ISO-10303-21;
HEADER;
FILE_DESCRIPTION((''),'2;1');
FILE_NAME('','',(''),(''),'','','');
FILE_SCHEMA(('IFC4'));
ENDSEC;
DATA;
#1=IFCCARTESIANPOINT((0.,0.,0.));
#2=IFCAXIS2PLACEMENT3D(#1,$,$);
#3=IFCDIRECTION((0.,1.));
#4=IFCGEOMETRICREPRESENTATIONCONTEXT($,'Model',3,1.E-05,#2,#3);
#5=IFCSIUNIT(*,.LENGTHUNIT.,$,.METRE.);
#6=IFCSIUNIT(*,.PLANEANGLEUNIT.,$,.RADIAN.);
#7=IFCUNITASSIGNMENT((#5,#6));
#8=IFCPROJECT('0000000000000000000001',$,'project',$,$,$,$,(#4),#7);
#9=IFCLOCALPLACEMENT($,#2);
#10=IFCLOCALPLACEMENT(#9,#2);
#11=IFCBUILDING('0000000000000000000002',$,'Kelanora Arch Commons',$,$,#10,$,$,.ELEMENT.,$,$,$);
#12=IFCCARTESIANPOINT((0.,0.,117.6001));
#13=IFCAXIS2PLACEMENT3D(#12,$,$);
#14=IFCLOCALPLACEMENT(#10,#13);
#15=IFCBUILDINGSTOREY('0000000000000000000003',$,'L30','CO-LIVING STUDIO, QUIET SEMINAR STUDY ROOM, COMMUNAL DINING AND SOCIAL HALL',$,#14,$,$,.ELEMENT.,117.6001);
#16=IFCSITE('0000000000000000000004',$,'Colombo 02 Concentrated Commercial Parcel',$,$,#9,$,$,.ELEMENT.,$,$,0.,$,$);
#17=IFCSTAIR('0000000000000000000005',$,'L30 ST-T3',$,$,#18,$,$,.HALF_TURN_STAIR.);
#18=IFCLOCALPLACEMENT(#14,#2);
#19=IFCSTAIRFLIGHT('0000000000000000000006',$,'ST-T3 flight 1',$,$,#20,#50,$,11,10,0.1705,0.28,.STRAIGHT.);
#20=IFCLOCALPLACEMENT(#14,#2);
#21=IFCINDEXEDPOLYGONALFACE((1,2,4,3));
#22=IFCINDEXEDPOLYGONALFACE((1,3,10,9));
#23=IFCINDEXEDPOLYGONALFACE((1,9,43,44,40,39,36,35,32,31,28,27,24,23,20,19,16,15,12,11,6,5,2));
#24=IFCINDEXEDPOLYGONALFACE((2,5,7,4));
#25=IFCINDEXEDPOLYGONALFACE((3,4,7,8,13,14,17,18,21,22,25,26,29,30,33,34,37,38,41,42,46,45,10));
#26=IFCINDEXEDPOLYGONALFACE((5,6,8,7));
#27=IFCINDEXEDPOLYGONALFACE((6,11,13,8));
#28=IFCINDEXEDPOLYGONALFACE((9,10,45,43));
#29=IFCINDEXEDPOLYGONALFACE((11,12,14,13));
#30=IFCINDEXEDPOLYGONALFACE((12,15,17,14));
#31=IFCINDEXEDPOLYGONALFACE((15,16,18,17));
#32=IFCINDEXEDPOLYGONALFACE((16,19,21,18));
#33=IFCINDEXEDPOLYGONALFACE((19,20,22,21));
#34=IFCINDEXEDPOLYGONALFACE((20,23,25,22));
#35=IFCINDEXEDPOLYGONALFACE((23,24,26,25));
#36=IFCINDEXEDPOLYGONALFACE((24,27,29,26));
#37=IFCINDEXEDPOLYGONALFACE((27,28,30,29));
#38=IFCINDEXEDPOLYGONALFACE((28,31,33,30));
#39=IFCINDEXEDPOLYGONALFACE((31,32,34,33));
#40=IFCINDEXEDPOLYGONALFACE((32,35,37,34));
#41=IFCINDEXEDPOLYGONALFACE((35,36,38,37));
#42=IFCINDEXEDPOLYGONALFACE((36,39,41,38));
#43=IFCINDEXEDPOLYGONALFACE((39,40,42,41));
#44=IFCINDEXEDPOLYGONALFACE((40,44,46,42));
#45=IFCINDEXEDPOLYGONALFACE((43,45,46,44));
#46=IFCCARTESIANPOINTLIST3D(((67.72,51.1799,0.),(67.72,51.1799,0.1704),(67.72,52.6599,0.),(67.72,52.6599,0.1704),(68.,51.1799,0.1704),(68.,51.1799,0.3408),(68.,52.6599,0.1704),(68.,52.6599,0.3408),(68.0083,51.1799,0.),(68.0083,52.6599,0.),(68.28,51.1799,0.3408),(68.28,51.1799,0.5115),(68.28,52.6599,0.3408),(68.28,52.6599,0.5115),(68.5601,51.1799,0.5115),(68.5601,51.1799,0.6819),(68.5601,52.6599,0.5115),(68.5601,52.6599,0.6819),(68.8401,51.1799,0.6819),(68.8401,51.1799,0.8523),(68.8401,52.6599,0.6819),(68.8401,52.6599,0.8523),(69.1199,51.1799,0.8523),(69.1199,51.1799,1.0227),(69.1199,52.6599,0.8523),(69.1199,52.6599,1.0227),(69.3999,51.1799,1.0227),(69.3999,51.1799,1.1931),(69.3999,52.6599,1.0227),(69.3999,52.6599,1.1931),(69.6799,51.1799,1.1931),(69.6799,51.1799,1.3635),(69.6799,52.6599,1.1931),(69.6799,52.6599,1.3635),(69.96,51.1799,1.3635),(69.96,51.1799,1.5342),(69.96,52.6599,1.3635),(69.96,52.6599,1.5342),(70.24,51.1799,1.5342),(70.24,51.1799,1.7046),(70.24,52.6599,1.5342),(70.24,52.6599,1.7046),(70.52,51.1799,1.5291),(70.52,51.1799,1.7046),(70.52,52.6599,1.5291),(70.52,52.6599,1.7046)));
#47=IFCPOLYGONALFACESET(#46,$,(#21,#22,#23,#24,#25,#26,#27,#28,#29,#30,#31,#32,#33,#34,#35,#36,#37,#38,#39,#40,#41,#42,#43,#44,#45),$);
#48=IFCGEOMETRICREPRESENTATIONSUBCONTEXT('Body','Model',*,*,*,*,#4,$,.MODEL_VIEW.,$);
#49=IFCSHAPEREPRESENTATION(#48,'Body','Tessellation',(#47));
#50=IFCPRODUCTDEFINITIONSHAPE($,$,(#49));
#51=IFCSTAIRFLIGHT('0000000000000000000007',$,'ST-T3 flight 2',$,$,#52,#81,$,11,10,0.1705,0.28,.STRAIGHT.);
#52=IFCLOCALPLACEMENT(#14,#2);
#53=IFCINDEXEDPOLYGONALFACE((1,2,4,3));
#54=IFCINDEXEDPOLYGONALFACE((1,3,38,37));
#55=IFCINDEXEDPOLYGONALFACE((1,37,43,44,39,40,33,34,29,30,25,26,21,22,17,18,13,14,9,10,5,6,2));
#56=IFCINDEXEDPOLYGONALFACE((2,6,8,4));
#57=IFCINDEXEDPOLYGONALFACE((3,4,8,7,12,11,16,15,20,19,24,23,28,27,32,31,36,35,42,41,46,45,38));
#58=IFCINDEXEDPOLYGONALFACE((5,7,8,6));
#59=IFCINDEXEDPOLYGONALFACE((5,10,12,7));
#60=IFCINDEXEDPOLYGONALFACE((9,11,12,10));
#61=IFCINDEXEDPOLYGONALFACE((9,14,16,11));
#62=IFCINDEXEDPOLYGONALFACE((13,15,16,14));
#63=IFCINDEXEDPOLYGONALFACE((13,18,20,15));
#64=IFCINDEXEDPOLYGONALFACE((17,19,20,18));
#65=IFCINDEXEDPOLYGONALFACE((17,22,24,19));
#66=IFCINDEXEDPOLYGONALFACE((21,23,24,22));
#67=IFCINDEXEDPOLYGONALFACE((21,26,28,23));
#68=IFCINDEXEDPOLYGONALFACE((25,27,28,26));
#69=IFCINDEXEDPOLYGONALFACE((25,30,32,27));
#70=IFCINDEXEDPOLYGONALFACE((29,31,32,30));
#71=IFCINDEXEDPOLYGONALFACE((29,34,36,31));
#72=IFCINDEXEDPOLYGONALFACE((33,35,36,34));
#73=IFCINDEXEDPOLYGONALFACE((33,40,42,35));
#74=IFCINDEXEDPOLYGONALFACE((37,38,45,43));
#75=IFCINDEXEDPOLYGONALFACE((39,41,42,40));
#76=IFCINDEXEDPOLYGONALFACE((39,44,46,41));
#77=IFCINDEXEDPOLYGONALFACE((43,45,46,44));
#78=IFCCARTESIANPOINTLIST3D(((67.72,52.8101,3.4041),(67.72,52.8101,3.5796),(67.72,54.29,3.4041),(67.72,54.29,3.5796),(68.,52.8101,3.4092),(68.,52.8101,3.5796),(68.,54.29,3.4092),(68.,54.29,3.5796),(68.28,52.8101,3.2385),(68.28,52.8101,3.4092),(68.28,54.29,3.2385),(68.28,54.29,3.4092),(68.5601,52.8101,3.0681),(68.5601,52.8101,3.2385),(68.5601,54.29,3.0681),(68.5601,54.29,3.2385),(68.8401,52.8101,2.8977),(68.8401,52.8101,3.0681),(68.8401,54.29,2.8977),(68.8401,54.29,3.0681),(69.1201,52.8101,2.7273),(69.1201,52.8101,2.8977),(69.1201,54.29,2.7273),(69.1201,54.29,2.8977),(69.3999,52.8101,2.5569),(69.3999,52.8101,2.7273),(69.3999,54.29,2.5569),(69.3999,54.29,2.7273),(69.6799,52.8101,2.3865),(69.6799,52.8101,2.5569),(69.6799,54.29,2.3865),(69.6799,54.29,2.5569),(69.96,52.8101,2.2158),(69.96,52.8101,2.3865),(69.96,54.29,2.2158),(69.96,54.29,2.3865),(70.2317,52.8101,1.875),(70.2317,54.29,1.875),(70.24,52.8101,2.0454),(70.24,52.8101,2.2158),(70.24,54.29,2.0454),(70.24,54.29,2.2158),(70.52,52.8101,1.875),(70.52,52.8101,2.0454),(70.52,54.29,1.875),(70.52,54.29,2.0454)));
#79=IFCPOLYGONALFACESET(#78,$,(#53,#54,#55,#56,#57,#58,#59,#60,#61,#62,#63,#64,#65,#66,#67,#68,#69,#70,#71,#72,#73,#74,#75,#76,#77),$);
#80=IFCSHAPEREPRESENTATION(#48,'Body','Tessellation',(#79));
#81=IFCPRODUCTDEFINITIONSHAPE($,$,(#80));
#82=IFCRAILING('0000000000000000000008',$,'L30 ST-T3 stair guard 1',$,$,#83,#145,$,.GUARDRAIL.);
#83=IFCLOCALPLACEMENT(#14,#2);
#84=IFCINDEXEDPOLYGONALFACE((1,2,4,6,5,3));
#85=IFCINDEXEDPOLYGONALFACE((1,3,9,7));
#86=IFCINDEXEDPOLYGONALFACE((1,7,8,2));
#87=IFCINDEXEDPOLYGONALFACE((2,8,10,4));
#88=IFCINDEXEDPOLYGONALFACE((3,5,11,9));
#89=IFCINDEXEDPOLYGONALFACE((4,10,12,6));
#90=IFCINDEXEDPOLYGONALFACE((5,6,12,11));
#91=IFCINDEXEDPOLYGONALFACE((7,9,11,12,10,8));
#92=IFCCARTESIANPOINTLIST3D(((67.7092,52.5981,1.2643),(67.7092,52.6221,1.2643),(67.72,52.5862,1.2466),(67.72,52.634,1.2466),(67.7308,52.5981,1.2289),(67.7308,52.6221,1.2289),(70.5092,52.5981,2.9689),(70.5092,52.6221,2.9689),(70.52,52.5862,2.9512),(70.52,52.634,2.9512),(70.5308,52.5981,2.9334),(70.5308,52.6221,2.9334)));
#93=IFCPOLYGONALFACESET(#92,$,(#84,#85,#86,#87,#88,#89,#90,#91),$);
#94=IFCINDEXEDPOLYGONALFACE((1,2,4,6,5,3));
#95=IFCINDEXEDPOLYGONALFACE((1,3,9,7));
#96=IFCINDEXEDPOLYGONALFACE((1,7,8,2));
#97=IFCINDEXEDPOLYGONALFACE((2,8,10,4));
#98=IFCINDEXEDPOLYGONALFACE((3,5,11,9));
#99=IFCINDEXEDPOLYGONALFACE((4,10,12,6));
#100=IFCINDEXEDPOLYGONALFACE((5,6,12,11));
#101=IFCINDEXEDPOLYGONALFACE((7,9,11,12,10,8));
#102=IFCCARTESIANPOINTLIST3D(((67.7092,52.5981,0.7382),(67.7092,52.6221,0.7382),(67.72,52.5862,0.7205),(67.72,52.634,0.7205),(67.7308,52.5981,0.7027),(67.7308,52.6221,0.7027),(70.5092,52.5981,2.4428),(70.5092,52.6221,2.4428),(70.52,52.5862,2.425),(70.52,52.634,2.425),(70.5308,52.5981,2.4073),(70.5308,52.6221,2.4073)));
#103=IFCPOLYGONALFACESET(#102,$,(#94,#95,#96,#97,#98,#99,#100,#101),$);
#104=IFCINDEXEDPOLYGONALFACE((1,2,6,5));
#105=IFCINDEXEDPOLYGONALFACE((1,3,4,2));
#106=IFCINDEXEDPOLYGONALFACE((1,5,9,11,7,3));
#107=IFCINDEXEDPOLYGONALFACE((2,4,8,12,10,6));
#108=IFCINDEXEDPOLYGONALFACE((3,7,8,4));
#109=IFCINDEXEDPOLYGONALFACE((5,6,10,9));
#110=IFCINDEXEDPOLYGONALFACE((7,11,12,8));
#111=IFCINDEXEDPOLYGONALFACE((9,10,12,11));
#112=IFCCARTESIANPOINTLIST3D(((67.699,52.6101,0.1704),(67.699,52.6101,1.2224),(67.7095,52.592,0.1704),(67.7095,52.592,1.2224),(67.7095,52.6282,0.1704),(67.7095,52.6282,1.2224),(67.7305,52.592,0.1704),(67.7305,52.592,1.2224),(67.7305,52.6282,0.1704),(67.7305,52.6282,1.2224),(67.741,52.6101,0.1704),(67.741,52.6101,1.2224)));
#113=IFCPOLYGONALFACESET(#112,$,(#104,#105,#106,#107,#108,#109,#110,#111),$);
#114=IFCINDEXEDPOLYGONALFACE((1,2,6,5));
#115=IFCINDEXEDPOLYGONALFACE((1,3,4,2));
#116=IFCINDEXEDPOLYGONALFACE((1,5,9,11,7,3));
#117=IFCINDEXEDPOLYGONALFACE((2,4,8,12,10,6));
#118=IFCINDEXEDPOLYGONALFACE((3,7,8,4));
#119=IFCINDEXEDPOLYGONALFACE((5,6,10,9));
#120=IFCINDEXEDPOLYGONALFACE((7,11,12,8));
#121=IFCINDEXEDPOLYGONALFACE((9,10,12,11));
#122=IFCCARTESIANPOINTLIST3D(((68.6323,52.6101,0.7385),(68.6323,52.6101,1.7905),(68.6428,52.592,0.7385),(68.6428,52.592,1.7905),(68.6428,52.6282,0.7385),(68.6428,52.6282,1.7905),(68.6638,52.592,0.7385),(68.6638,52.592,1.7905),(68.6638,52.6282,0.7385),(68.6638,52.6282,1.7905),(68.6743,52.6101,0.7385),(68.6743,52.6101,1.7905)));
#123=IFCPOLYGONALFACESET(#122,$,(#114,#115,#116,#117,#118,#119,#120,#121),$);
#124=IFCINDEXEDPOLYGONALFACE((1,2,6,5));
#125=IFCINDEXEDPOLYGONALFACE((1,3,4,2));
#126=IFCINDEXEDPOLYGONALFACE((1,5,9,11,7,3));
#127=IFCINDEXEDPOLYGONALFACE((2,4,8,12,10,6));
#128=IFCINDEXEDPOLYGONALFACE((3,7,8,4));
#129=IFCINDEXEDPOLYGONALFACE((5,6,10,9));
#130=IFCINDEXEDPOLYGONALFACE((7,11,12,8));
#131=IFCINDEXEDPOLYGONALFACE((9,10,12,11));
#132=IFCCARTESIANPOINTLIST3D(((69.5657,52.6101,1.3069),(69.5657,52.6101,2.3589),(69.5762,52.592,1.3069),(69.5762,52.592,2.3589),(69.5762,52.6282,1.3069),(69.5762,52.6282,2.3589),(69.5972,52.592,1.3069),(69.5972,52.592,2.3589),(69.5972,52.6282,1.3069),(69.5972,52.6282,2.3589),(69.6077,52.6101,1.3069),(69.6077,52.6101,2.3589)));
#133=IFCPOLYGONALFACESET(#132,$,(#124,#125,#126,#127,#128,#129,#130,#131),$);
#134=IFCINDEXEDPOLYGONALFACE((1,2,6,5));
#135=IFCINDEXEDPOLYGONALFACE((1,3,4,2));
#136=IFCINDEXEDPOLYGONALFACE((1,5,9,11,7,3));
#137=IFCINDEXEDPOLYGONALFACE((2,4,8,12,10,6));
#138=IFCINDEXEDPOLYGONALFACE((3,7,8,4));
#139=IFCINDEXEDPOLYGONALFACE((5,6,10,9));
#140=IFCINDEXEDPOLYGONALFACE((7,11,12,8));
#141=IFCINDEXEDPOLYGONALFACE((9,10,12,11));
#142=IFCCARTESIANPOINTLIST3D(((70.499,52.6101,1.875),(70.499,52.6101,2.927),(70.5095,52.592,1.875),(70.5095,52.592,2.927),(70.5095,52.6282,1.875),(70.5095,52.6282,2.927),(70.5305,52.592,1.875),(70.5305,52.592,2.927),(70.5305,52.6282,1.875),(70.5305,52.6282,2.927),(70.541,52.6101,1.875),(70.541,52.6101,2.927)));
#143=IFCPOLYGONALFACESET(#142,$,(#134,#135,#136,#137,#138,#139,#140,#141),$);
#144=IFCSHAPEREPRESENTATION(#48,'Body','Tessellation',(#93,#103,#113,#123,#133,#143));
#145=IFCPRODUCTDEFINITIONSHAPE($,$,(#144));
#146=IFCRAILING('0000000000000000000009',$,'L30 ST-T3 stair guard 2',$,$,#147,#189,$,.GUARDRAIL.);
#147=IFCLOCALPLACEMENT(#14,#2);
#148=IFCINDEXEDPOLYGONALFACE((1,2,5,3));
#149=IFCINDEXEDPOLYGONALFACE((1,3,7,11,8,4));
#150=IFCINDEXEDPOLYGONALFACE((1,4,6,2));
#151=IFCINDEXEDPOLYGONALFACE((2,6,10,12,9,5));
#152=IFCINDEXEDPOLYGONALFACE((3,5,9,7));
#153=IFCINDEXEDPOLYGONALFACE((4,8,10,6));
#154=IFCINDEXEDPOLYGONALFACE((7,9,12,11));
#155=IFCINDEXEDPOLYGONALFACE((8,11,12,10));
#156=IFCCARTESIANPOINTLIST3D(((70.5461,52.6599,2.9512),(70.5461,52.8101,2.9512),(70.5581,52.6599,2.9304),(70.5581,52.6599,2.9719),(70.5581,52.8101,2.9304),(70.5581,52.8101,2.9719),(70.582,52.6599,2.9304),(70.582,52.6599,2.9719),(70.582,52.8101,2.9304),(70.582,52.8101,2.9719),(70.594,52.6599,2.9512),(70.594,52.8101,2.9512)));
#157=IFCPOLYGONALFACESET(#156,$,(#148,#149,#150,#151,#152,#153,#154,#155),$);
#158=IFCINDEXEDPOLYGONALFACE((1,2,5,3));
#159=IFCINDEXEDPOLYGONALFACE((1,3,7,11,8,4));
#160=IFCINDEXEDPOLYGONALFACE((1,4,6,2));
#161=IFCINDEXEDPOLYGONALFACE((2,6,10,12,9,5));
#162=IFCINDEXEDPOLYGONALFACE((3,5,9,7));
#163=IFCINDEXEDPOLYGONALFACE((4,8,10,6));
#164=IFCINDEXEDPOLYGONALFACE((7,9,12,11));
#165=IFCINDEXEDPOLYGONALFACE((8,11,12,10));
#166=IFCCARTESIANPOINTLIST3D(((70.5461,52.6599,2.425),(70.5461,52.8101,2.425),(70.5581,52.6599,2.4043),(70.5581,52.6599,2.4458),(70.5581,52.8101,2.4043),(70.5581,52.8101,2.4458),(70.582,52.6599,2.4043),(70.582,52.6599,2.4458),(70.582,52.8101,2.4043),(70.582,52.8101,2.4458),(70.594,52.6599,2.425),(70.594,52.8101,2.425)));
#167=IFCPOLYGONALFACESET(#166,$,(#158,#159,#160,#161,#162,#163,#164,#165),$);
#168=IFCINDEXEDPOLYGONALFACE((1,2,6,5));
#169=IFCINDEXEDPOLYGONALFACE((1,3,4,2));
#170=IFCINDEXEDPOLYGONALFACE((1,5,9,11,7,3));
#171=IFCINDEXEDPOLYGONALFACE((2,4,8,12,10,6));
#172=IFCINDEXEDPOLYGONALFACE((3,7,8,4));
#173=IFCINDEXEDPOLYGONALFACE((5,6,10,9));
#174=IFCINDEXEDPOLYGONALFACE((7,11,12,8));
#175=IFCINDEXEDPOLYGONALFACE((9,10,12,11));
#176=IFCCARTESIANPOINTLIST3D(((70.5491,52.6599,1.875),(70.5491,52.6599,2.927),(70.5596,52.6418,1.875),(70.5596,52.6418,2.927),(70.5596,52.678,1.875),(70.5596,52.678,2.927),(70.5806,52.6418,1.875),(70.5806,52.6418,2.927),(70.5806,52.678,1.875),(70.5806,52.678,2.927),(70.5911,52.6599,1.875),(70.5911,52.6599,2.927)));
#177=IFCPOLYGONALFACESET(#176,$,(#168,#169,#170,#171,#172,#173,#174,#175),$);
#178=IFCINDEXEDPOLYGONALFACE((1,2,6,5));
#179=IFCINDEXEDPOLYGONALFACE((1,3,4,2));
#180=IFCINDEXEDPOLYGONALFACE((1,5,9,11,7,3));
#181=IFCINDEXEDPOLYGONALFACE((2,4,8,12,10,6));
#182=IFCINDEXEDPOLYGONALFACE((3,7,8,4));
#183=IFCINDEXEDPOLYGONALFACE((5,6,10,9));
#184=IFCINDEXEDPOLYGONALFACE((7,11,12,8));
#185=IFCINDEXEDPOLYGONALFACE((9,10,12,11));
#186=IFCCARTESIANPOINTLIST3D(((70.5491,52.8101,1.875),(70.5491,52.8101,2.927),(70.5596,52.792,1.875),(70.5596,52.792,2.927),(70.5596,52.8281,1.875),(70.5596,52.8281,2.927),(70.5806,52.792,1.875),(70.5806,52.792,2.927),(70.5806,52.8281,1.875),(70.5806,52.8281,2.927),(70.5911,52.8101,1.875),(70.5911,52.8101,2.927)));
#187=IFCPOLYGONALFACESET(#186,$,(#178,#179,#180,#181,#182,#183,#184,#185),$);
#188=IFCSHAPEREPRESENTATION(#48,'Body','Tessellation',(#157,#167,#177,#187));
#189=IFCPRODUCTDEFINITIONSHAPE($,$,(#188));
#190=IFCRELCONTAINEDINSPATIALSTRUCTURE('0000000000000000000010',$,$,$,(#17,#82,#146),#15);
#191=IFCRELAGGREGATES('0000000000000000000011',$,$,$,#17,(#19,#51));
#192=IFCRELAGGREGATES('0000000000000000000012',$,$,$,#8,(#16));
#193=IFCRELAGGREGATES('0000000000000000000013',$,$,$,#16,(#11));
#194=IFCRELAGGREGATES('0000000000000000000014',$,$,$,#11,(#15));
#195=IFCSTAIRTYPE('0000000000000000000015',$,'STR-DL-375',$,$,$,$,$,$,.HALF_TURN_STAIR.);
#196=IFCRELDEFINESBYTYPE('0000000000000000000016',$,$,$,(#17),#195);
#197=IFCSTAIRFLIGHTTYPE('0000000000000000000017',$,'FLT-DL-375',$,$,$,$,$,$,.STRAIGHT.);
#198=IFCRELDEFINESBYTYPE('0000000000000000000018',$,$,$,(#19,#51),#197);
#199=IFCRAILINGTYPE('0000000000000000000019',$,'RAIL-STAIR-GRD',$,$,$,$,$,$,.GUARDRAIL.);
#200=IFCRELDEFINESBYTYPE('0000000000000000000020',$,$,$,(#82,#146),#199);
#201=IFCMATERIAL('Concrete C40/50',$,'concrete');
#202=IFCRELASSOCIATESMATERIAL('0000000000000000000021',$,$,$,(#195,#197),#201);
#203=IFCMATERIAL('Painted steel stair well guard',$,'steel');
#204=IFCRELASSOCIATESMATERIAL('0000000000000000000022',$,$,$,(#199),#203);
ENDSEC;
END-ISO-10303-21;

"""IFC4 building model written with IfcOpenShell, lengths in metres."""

from ifc_helpers import new_model, si_unit, direction, frame, origin, place, context, subcontext, project, spatial, polyline, outline, extrude, material, type_object, element, aggregate, save


model = new_model("IFC4")

# Units and contexts
model_context = context("Model", 3, precision=1e-05, world=origin(), true_north=direction((0.0, 1.0)))
body_context = subcontext(model_context, "Body", "Model", "MODEL_VIEW")
ifc_project = project(units=[si_unit("LENGTHUNIT", "METRE"), si_unit("PLANEANGLEUNIT", "RADIAN")], contexts=[model_context])

# Site, building, storey
site_placement = place(None, origin())
site = spatial("IfcSite", under=ifc_project, at=site_placement, Name="Colombo 02 Concentrated Commercial Parcel", CompositionType="ELEMENT", RefElevation=0.0)
building_placement = place(site_placement, origin())
building = spatial("IfcBuilding", under=site, at=building_placement, Name="Kelanora Arch Commons", CompositionType="ELEMENT")
storey_placement = place(building_placement, frame((0.0, 0.0, 117.6001)))
storey = spatial("IfcBuildingStorey", under=building, at=storey_placement, Name="L30", Description="CO-LIVING STUDIO, QUIET SEMINAR STUDY ROOM, COMMUNAL DINING AND SOCIAL HALL", CompositionType="ELEMENT", Elevation=117.6001)

# Shared definitions
ifc_material_1 = material(Name="Concrete C40/50", Category="concrete")

# Stair, stair flights
stair_type = type_object("IfcStairType", Name="STR-DL-375", PredefinedType="HALF_TURN_STAIR", material=ifc_material_1)
stair_placement = place(storey_placement, origin())
stair = element("IfcStair", 1, at=stair_placement, inside=storey, type_object=stair_type, Name="L30 ST-T3", PredefinedType="HALF_TURN_STAIR")
stair_flight_type = type_object("IfcStairFlightType", Name="FLT-DL-375", PredefinedType="STRAIGHT", material=ifc_material_1)
stair_flight_1_placement = place(storey_placement, frame((67.72, 51.9199, 0.0), z_axis=(0.0, 0.0, 1.0), x_axis=(1.0, 0.0, 0.0)))
stair_flight_1 = element("IfcStairFlight", 2, at=stair_flight_1_placement, type_object=stair_flight_type, Name="ST-T3 flight 1", NumberOfRisers=11, NumberOfTreads=10, PredefinedType="STRAIGHT", RiserHeight=0.1705, TreadLength=0.28, context=body_context, shape_type="SweptSolid", body=[
    extrude(outline(polyline([(0.0, 0.0), (0.0, 0.1704), (0.28, 0.1704), (0.28, 0.3408), (0.5601, 0.3408), (0.5601, 0.5115), (0.8401, 0.5115), (0.8401, 0.6819), (1.1201, 0.6819), (1.1201, 0.8523), (1.3999, 0.8523), (1.3999, 1.0227), (1.6799, 1.0227), (1.6799, 1.1931), (1.96, 1.1931), (1.96, 1.3635), (2.24, 1.3635), (2.24, 1.5342), (2.52, 1.5342), (2.52, 1.7046), (2.8, 1.7046), (2.8, 1.875), (2.8, 1.5291), (0.2883, 0.0), (0.0, 0.0)])), frame((0.0, 0.74, 0.0), z_axis=(0.0, -1.0, 0.0), x_axis=(1.0, 0.0, 0.0)), (0.0, 0.0, 1.0), 1.48),
])
stair_flight_2_placement = place(storey_placement, frame((70.52, 53.55, 1.875), z_axis=(0.0, 0.0, 1.0), x_axis=(-1.0, 0.0, 0.0)))
stair_flight_2 = element("IfcStairFlight", 3, at=stair_flight_2_placement, type_object=stair_flight_type, Name="ST-T3 flight 2", NumberOfRisers=11, NumberOfTreads=10, PredefinedType="STRAIGHT", RiserHeight=0.1705, TreadLength=0.28, context=body_context, shape_type="SweptSolid", body=[
    extrude(outline(polyline([(0.0, 0.0), (0.0, 0.1704), (0.28, 0.1704), (0.28, 0.3408), (0.5601, 0.3408), (0.5601, 0.5115), (0.8401, 0.5115), (0.8401, 0.6819), (1.1201, 0.6819), (1.1201, 0.8523), (1.3999, 0.8523), (1.3999, 1.0227), (1.6799, 1.0227), (1.6799, 1.1931), (1.96, 1.1931), (1.96, 1.3635), (2.24, 1.3635), (2.24, 1.5342), (2.52, 1.5342), (2.52, 1.7046), (2.8, 1.7046), (2.8, 1.875), (2.8, 1.5291), (0.2883, 0.0), (0.0, 0.0)])), frame((0.0, 0.74, 0.0), z_axis=(0.0, -1.0, 0.0), x_axis=(1.0, 0.0, 0.0)), (0.0, 0.0, 1.0), 1.48),
])
aggregate(stair, [stair_flight_1, stair_flight_2])

# Railings
ifc_material_2 = material(Name="Painted steel stair well guard", Category="steel")
railing_type_1 = type_object("IfcRailingType", Name="RAIL-STAIR-GRD", PredefinedType="GUARDRAIL", material=ifc_material_2)
railing_1_placement = place(storey_placement, frame((67.72, 52.6101, 0.1704)))
element("IfcRailing", 4, at=railing_1_placement, inside=storey, type_object=railing_type_1, Name="L30 ST-T3 stair guard 1", PredefinedType="GUARDRAIL", context=body_context, shape_type="SweptSolid", body=[
    extrude(outline(polyline([(0.0239, 0.0), (0.012, 0.0208), (-0.012, 0.0208), (-0.0239, 0.0), (-0.012, -0.0208), (0.012, -0.0208), (0.0239, 0.0)])), frame((0.0, 0.0, 1.0762), z_axis=(0.85417, 0.0, 0.519994), x_axis=(0.0, 1.0, 0.0)), (0.0, 0.0, 1.0), 3.2781),
    extrude(outline(polyline([(0.0239, 0.0), (0.012, 0.0208), (-0.012, 0.0208), (-0.0239, 0.0), (-0.012, -0.0208), (0.012, -0.0208), (0.0239, 0.0)])), frame((0.0, 0.0, 0.55), z_axis=(0.85417, 0.0, 0.519994), x_axis=(0.0, 1.0, 0.0)), (0.0, 0.0, 1.0), 3.2781),
    extrude(outline(polyline([(0.021, 0.0), (0.0105, 0.0181), (-0.0105, 0.0181), (-0.021, 0.0), (-0.0105, -0.0181), (0.0105, -0.0181), (0.021, 0.0)])), origin(), (0.0, 0.0, 1.0), 1.052),
    extrude(outline(polyline([(0.021, 0.0), (0.0105, 0.0181), (-0.0105, 0.0181), (-0.021, 0.0), (-0.0105, -0.0181), (0.0105, -0.0181), (0.021, 0.0)])), frame((0.9333, 0.0, 0.5681)), (0.0, 0.0, 1.0), 1.052),
    extrude(outline(polyline([(0.021, 0.0), (0.0105, 0.0181), (-0.0105, 0.0181), (-0.021, 0.0), (-0.0105, -0.0181), (0.0105, -0.0181), (0.021, 0.0)])), frame((1.8667, 0.0, 1.1365)), (0.0, 0.0, 1.0), 1.052),
    extrude(outline(polyline([(0.021, 0.0), (0.0105, 0.0181), (-0.0105, 0.0181), (-0.021, 0.0), (-0.0105, -0.0181), (0.0105, -0.0181), (0.021, 0.0)])), frame((2.8, 0.0, 1.7046)), (0.0, 0.0, 1.0), 1.052),
])
railing_2_placement = place(storey_placement, frame((70.5701, 52.6599, 1.875)))
element("IfcRailing", 5, at=railing_2_placement, inside=storey, type_object=railing_type_1, Name="L30 ST-T3 stair guard 2", PredefinedType="GUARDRAIL", context=body_context, shape_type="SweptSolid", body=[
    extrude(outline(polyline([(0.0239, 0.0), (0.012, 0.0208), (-0.012, 0.0208), (-0.0239, 0.0), (-0.012, -0.0208), (0.012, -0.0208), (0.0239, 0.0)])), frame((0.0, 0.0, 1.0762), z_axis=(0.0, 1.0, 0.0), x_axis=(-1.0, 0.0, 0.0)), (0.0, 0.0, 1.0), 0.1501),
    extrude(outline(polyline([(0.0239, 0.0), (0.012, 0.0208), (-0.012, 0.0208), (-0.0239, 0.0), (-0.012, -0.0208), (0.012, -0.0208), (0.0239, 0.0)])), frame((0.0, 0.0, 0.55), z_axis=(0.0, 1.0, 0.0), x_axis=(-1.0, 0.0, 0.0)), (0.0, 0.0, 1.0), 0.1501),
    extrude(outline(polyline([(0.021, 0.0), (0.0105, 0.0181), (-0.0105, 0.0181), (-0.021, 0.0), (-0.0105, -0.0181), (0.0105, -0.0181), (0.021, 0.0)])), origin(), (0.0, 0.0, 1.0), 1.052),
    extrude(outline(polyline([(0.021, 0.0), (0.0105, 0.0181), (-0.0105, 0.0181), (-0.021, 0.0), (-0.0105, -0.0181), (0.0105, -0.0181), (0.021, 0.0)])), frame((0.0, 0.1501, 0.0)), (0.0, 0.0, 1.0), 1.052),
])

save(model, "model.ifc")
